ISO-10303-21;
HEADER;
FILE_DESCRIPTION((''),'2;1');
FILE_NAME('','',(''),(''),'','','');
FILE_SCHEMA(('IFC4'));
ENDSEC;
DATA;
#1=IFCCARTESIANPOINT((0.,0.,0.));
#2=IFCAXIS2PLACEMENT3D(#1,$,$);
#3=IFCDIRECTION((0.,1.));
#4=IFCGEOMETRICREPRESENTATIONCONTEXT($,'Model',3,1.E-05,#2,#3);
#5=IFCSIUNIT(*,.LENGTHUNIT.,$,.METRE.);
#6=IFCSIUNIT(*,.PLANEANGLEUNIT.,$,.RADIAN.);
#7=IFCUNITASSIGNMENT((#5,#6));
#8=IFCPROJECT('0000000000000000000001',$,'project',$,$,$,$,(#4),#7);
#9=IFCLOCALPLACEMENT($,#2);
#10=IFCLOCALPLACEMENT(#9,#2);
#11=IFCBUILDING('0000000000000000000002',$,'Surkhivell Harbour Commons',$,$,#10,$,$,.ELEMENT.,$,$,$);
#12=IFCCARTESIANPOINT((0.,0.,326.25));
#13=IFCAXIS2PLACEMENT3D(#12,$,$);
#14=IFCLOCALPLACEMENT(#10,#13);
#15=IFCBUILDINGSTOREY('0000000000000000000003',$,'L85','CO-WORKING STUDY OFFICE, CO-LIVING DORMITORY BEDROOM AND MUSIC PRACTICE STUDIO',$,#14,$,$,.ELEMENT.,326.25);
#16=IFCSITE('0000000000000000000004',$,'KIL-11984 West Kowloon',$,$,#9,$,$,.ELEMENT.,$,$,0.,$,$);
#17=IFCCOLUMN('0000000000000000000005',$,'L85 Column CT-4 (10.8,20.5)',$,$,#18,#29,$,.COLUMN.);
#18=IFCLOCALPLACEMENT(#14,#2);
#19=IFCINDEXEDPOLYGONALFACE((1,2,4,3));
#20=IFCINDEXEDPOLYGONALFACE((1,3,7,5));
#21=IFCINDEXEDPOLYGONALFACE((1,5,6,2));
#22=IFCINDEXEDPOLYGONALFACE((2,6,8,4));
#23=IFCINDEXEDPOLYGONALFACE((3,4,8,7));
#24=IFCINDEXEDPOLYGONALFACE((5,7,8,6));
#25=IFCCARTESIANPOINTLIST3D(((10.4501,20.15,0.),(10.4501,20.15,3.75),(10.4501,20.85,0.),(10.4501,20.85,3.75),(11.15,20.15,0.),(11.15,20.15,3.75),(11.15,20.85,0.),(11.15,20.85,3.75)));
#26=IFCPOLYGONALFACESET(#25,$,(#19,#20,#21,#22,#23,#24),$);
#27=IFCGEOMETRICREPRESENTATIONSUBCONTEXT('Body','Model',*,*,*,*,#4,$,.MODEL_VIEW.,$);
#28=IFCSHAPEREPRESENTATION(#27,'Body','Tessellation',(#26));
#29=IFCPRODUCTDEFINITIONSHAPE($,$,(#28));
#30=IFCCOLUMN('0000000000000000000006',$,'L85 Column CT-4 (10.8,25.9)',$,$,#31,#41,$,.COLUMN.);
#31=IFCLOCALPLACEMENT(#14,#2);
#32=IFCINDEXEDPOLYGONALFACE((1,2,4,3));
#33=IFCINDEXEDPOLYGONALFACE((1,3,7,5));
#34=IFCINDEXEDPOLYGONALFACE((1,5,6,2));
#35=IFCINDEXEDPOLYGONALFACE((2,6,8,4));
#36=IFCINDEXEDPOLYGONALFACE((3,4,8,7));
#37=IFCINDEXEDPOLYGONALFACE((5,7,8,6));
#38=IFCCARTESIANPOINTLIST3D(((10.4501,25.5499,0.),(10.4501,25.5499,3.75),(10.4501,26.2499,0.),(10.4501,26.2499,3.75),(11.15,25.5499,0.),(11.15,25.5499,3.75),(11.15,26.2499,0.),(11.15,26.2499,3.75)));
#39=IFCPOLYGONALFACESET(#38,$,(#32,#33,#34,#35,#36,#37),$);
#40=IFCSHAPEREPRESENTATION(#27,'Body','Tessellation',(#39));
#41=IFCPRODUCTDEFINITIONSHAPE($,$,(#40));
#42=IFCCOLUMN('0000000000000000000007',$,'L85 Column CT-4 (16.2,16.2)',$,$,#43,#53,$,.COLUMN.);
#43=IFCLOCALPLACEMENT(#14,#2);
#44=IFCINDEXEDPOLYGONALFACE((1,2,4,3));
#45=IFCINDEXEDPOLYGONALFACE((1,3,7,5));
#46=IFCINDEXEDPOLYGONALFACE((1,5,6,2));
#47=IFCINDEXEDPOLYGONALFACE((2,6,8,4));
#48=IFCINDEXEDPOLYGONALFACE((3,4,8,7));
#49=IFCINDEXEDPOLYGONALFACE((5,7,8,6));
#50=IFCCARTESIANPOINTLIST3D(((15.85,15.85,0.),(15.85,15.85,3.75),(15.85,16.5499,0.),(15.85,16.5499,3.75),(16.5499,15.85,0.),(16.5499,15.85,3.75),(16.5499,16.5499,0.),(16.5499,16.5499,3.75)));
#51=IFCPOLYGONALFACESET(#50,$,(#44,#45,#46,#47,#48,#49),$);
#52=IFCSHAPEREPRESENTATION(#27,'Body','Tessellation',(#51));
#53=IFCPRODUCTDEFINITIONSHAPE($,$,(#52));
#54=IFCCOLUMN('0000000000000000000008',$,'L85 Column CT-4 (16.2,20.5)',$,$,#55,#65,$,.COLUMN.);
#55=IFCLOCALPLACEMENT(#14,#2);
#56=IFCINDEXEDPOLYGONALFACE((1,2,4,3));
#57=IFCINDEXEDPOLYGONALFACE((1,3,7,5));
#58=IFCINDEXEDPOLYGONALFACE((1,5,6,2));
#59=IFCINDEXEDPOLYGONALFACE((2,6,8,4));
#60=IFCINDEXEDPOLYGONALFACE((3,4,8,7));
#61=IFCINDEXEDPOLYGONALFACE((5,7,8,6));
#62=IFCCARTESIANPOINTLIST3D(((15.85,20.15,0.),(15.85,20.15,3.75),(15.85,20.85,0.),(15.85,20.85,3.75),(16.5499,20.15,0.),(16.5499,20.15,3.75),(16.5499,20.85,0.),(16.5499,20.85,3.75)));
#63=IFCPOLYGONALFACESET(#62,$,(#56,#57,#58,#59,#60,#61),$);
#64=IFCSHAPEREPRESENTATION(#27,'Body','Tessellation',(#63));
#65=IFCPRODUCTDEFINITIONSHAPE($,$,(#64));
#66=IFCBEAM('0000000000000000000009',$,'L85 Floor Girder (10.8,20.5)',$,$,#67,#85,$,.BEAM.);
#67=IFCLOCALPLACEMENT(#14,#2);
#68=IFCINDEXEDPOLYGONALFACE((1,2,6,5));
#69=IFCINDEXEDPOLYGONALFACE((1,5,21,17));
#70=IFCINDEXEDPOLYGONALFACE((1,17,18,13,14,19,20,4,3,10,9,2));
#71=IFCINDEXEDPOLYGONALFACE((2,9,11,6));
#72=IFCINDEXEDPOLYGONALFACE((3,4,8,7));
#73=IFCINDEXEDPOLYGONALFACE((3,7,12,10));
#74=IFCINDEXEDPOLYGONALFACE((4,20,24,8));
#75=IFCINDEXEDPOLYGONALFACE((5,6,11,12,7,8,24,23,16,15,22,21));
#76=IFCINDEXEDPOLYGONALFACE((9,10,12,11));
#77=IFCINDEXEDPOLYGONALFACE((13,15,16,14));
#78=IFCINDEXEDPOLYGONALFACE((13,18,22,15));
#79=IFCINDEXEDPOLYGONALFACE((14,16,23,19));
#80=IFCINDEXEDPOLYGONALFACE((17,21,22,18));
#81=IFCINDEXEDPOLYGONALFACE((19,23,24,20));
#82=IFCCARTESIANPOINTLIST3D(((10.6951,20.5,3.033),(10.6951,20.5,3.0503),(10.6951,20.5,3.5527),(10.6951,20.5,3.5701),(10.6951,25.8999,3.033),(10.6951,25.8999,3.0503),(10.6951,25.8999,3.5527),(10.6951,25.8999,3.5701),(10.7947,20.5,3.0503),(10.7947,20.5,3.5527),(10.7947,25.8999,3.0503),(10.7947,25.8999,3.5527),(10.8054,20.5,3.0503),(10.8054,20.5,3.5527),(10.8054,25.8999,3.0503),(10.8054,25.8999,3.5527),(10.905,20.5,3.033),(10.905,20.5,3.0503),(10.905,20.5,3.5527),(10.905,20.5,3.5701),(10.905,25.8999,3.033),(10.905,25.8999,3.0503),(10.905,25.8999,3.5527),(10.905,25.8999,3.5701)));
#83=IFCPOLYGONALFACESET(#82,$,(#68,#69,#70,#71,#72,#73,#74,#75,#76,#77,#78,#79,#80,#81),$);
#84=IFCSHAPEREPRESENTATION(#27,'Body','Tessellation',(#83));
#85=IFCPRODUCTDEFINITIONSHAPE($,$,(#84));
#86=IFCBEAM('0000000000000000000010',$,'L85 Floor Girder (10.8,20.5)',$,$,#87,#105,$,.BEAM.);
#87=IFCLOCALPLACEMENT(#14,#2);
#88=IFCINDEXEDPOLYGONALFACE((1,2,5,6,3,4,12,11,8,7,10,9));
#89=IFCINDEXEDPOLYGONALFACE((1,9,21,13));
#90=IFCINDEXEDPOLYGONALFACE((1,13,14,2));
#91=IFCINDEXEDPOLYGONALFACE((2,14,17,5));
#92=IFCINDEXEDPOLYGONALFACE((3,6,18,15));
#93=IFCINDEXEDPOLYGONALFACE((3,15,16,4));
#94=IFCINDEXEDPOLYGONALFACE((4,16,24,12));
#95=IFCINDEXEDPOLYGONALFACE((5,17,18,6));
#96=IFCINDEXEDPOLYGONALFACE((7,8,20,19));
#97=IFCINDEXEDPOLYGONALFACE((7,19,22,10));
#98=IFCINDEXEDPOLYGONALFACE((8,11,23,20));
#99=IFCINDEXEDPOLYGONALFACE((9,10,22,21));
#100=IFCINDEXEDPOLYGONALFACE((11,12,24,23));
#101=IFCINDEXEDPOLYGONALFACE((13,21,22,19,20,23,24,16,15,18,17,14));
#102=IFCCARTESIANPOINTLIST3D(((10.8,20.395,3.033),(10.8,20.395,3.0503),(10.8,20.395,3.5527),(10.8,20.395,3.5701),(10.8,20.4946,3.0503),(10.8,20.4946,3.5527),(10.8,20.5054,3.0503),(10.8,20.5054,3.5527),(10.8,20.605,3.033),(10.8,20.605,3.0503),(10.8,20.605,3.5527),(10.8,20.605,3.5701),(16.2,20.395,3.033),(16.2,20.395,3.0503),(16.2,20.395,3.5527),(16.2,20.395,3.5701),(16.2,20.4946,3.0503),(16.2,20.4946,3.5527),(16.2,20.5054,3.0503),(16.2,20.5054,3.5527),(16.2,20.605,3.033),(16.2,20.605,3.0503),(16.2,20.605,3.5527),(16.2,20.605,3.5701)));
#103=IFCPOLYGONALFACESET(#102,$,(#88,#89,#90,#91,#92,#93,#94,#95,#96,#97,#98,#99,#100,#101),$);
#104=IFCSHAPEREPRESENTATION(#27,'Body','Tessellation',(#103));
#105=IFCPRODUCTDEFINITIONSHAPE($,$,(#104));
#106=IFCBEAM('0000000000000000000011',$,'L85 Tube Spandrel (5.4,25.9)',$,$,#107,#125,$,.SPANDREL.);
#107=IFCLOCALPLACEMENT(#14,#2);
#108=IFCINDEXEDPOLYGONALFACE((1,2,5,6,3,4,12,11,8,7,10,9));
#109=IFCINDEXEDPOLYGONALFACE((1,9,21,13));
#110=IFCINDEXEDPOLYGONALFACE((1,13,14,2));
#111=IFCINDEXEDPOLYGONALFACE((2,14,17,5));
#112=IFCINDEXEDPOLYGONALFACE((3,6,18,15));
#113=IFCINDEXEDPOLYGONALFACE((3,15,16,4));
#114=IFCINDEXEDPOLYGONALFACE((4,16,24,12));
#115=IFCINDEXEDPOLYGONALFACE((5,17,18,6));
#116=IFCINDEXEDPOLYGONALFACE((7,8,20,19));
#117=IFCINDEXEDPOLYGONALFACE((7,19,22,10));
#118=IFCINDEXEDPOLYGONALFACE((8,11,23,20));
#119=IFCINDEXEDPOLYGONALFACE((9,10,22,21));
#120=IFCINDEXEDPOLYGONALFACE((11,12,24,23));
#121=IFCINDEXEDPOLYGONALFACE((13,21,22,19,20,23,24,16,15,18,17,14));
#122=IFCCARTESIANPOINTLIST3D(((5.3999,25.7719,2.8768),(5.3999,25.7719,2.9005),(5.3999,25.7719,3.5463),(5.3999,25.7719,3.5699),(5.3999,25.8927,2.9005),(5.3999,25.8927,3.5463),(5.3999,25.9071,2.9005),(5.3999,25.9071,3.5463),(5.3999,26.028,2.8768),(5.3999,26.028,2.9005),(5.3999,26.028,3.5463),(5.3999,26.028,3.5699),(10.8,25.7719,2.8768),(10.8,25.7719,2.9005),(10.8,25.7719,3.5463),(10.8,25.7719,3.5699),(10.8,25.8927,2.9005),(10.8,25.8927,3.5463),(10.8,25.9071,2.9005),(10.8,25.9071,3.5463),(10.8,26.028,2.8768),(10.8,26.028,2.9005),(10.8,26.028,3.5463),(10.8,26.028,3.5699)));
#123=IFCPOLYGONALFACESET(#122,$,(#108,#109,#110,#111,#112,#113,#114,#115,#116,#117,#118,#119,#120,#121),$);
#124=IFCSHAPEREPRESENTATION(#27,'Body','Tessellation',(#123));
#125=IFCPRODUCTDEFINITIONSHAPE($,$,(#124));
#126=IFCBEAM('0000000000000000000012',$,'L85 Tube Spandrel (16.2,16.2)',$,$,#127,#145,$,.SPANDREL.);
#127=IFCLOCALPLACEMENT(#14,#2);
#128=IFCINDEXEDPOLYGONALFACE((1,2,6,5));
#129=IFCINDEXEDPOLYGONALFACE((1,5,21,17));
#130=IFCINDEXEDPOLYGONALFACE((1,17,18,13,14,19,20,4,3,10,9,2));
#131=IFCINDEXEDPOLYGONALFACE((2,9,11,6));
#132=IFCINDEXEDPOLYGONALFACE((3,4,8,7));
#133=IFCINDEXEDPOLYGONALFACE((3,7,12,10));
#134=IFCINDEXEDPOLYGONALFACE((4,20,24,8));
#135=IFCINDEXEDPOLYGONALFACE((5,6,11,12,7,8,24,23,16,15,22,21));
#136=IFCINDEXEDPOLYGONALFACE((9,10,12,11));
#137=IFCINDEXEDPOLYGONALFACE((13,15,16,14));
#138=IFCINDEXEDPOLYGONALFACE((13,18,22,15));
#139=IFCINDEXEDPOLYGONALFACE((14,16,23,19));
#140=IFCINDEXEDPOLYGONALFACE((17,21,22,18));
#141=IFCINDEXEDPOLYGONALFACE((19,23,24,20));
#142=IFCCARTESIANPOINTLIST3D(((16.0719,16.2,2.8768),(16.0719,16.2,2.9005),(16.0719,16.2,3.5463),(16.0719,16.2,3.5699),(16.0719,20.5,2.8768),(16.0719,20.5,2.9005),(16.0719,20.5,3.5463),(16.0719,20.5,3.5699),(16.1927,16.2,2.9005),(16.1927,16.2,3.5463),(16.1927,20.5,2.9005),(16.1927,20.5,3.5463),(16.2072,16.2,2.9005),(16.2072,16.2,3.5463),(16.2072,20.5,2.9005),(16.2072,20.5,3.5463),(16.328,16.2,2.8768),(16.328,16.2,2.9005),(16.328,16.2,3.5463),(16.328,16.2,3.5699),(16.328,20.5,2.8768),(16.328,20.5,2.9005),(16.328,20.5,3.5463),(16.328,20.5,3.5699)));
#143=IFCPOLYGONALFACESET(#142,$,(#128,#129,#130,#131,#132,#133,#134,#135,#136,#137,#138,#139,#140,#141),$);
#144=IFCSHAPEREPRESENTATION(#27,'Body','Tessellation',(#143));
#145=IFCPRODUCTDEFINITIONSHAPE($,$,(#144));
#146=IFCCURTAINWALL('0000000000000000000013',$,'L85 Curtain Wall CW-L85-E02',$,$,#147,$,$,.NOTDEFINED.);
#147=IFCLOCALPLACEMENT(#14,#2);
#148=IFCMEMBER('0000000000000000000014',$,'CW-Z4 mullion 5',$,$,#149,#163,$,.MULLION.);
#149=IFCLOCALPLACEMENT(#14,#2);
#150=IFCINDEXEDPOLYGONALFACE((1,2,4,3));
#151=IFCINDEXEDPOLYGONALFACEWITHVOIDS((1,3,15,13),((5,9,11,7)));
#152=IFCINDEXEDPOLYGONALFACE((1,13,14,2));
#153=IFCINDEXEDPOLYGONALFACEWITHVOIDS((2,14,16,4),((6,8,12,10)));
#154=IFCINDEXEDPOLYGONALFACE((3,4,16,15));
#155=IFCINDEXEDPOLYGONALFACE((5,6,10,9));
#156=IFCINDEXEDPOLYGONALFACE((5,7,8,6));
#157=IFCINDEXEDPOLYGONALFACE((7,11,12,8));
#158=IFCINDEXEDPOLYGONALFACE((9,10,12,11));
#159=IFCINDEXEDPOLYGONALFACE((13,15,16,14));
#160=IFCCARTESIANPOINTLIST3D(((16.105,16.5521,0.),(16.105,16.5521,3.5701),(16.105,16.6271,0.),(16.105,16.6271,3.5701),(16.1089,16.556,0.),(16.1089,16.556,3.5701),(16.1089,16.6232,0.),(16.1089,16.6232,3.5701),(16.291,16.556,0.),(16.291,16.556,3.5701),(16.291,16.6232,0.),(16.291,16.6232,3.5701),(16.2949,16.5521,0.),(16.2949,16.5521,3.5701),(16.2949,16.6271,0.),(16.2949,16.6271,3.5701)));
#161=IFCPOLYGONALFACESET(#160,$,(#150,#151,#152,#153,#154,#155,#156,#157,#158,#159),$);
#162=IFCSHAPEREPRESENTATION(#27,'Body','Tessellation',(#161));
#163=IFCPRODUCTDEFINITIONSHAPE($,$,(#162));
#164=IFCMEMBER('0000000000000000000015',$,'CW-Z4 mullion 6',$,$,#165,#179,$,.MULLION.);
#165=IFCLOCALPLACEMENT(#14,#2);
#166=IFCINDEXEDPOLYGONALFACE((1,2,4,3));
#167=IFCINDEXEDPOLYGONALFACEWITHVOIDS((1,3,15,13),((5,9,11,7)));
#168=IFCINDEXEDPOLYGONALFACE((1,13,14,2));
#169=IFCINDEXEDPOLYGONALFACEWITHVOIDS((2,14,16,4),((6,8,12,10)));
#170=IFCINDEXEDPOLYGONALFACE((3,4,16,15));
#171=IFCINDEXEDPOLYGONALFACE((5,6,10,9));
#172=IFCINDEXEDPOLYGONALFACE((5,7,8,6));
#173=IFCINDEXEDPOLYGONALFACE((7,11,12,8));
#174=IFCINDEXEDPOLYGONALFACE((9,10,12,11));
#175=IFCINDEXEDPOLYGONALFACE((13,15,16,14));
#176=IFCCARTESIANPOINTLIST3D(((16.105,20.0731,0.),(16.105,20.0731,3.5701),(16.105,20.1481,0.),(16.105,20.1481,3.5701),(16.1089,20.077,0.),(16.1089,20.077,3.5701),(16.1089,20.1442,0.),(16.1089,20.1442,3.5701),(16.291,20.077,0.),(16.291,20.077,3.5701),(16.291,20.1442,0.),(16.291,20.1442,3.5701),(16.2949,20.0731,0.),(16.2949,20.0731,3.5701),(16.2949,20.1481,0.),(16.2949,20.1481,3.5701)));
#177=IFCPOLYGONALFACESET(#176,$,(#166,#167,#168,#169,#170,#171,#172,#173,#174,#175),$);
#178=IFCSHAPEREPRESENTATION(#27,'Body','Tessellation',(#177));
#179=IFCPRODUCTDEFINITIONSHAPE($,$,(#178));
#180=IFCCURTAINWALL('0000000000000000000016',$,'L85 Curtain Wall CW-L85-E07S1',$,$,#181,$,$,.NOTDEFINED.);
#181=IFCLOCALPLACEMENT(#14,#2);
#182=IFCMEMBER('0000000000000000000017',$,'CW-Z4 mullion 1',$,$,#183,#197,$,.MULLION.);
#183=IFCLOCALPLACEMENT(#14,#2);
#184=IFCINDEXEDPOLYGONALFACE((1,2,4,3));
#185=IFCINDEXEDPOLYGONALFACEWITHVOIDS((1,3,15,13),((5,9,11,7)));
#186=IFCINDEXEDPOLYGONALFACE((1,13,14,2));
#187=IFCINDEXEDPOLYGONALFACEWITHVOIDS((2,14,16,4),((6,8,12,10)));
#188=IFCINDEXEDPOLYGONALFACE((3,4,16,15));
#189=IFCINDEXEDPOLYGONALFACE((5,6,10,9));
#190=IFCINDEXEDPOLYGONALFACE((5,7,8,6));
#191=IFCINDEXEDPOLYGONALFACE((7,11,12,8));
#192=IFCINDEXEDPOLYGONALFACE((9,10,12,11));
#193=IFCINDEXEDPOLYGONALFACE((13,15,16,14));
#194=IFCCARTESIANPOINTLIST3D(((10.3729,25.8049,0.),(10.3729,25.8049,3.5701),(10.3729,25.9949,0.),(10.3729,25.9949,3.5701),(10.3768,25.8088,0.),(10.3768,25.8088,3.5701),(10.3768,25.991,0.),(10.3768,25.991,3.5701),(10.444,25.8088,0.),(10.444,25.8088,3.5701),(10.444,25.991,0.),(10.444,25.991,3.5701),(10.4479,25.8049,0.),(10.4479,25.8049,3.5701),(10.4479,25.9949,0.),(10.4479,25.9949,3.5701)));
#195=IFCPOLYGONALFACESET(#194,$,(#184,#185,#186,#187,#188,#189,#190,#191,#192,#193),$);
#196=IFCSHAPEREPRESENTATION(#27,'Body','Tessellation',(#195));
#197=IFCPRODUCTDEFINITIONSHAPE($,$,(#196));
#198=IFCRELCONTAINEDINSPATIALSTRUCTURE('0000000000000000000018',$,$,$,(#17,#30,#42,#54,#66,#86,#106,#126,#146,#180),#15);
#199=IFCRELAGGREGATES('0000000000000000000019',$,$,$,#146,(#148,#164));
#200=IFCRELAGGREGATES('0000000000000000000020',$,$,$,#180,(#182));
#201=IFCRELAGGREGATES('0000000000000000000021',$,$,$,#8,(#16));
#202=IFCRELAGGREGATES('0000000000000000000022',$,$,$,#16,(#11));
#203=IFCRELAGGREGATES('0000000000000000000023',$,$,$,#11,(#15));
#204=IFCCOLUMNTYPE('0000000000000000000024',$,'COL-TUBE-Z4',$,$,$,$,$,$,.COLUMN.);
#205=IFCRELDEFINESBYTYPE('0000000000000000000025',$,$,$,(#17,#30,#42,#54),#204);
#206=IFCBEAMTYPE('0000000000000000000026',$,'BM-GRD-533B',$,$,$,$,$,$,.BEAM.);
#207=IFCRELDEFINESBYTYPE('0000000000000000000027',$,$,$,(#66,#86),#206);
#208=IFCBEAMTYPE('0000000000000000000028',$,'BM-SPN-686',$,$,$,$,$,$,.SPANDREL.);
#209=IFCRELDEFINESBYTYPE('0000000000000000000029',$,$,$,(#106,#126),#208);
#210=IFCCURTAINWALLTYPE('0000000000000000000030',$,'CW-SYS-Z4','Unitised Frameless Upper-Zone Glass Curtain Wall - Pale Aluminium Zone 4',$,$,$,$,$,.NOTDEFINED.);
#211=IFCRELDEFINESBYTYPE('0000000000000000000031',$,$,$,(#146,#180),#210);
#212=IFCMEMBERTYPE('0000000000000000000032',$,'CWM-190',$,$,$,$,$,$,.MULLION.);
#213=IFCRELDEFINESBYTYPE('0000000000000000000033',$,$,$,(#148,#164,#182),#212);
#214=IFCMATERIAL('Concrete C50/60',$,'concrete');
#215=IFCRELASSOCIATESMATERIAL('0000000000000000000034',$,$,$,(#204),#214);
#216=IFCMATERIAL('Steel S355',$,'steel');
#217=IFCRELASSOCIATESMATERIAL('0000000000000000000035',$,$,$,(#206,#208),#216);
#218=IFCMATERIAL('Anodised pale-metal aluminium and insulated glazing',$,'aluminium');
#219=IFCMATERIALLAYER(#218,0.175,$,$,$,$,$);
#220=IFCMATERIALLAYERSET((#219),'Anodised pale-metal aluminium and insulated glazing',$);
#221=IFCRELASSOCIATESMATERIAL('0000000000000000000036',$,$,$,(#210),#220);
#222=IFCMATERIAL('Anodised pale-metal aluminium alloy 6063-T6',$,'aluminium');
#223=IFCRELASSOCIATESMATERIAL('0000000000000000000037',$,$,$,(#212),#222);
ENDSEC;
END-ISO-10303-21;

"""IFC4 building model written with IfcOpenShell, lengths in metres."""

from ifc_helpers import new_model, si_unit, direction, frame, origin, origin_2d, place, context, subcontext, project, spatial, rectangle, hollow_rectangle, i_section, extrude, material, layer, layer_set, material_profile, profile_set, type_object, element, aggregate, save


model = new_model("IFC4")

# Units and contexts
model_context = context("Model", 3, precision=1e-05, world=origin(), true_north=direction((0.0, 1.0)))
body_context = subcontext(model_context, "Body", "Model", "MODEL_VIEW")
ifc_project = project(units=[si_unit("LENGTHUNIT", "METRE"), si_unit("PLANEANGLEUNIT", "RADIAN")], contexts=[model_context])

# Site, building, storey
site_placement = place(None, origin())
site = spatial("IfcSite", under=ifc_project, at=site_placement, Name="KIL-11984 West Kowloon", CompositionType="ELEMENT", RefElevation=0.0)
building_placement = place(site_placement, origin())
building = spatial("IfcBuilding", under=site, at=building_placement, Name="Surkhivell Harbour Commons", CompositionType="ELEMENT")
storey_placement = place(building_placement, frame((0.0, 0.0, 326.25)))
storey = spatial("IfcBuildingStorey", under=building, at=storey_placement, Name="L85", Description="CO-WORKING STUDY OFFICE, CO-LIVING DORMITORY BEDROOM AND MUSIC PRACTICE STUDIO", CompositionType="ELEMENT", Elevation=326.25)

# Columns
ifc_material_1 = material(Name="Concrete C50/60", Category="concrete")
ifc_material_profile_1 = material_profile(ifc_material_1, rectangle(XDim=0.7, YDim=0.7, at=origin_2d()), Name="RC-COL-700x700")
ifc_profile_set_1 = profile_set([ifc_material_profile_1], Name="Concrete C50/60")
column_type = type_object("IfcColumnType", Name="COL-TUBE-Z4", PredefinedType="COLUMN", material=ifc_profile_set_1)
for number, where, z_axis, x_axis, name in (
    (1, (10.8, 20.5, 0.0), (0.0, 0.0, 1.0), (1.0, 0.0, 0.0), "L85 Column CT-4 (10.8,20.5)"),
    (2, (10.8, 25.8999, 0.0), (0.0, 0.0, 1.0), (1.0, 0.0, 0.0), "L85 Column CT-4 (10.8,25.9)"),
    (3, (16.2, 16.2, 0.0), (0.0, 0.0, 1.0), (1.0, 0.0, 0.0), "L85 Column CT-4 (16.2,16.2)"),
    (4, (16.2, 20.5, 0.0), (0.0, 0.0, 1.0), (1.0, 0.0, 0.0), "L85 Column CT-4 (16.2,20.5)"),
):
    element("IfcColumn", number, at=place(storey_placement, frame(where, z_axis=z_axis, x_axis=x_axis)), inside=storey, type_object=column_type, Name=name, PredefinedType="COLUMN", context=body_context, shape_type="SweptSolid", body=[
        extrude(rectangle(XDim=0.7, YDim=0.7, at=origin_2d()), origin(), (0.0, 0.0, 1.0), 3.75),
    ])

# Beams
ifc_material_2 = material(Name="Steel S355", Category="steel")
ifc_material_profile_2 = material_profile(ifc_material_2, i_section(OverallWidth=0.21, OverallDepth=0.5371, WebThickness=0.0107, FlangeThickness=0.0173, at=origin_2d()), Name="UB533x210x101")
ifc_profile_set_2 = profile_set([ifc_material_profile_2], Name="Steel S355")
beam_type_1 = type_object("IfcBeamType", Name="BM-GRD-533B", PredefinedType="BEAM", material=ifc_profile_set_2)
for number, where, z_axis, x_axis, name in (
    (5, (10.8, 20.5, 3.3015), (0.0, 1.0, 0.0), (-1.0, 0.0, 0.0), "L85 Floor Girder (10.8,20.5)"),
    (6, (10.8, 20.5, 3.3015), (1.0, 0.0, 0.0), (0.0, 1.0, 0.0), "L85 Floor Girder (10.8,20.5)"),
):
    element("IfcBeam", number, at=place(storey_placement, frame(where, z_axis=z_axis, x_axis=x_axis)), inside=storey, type_object=beam_type_1, Name=name, PredefinedType="BEAM", context=body_context, shape_type="SweptSolid", body=[
        extrude(i_section(OverallWidth=0.21, OverallDepth=0.5371, WebThickness=0.0107, FlangeThickness=0.0173, at=origin_2d()), origin(), (0.0, 0.0, 1.0), 5.3999),
    ])
ifc_material_profile_3 = material_profile(ifc_material_2, i_section(OverallWidth=0.2561, OverallDepth=0.6931, WebThickness=0.0144, FlangeThickness=0.0237, at=origin_2d()), Name="UB686x254x170")
ifc_profile_set_3 = profile_set([ifc_material_profile_3], Name="Steel S355")
beam_type_2 = type_object("IfcBeamType", Name="BM-SPN-686", PredefinedType="SPANDREL", material=ifc_profile_set_3)
beam_1_placement = place(storey_placement, frame((5.3999, 25.8999, 3.2234), z_axis=(1.0, 0.0, 0.0), x_axis=(0.0, 1.0, 0.0)))
element("IfcBeam", 7, at=beam_1_placement, inside=storey, type_object=beam_type_2, Name="L85 Tube Spandrel (5.4,25.9)", PredefinedType="SPANDREL", context=body_context, shape_type="SweptSolid", body=[
    extrude(i_section(OverallWidth=0.2561, OverallDepth=0.6931, WebThickness=0.0144, FlangeThickness=0.0237, at=origin_2d()), origin(), (0.0, 0.0, 1.0), 5.4001),
])
beam_2_placement = place(storey_placement, frame((16.2, 16.2, 3.2234), z_axis=(0.0, 1.0, 0.0), x_axis=(-1.0, 0.0, 0.0)))
element("IfcBeam", 8, at=beam_2_placement, inside=storey, type_object=beam_type_2, Name="L85 Tube Spandrel (16.2,16.2)", PredefinedType="SPANDREL", context=body_context, shape_type="SweptSolid", body=[
    extrude(i_section(OverallWidth=0.2561, OverallDepth=0.6931, WebThickness=0.0144, FlangeThickness=0.0237, at=origin_2d()), origin(), (0.0, 0.0, 1.0), 4.3),
])

# Curtain walls, members
ifc_material_3 = material(Name="Anodised pale-metal aluminium and insulated glazing", Category="aluminium")
ifc_layer_1 = layer(ifc_material_3, 0.175)
ifc_layer_set_1 = layer_set([ifc_layer_1], Name="Anodised pale-metal aluminium and insulated glazing")
curtain_wall_type = type_object("IfcCurtainWallType", Name="CW-SYS-Z4", Description="Unitised Frameless Upper-Zone Glass Curtain Wall - Pale Aluminium Zone 4", PredefinedType="NOTDEFINED", material=ifc_layer_set_1)
curtain_wall_1_placement = place(storey_placement, origin())
curtain_wall_1 = element("IfcCurtainWall", 9, at=curtain_wall_1_placement, inside=storey, type_object=curtain_wall_type, Name="L85 Curtain Wall CW-L85-E02", PredefinedType="NOTDEFINED")
ifc_material_4 = material(Name="Anodised pale-metal aluminium alloy 6063-T6", Category="aluminium")
ifc_material_profile_4 = material_profile(ifc_material_4, hollow_rectangle(XDim=0.075, YDim=0.1899, WallThickness=0.0039, at=origin_2d()), Name="ALU-MULL-75x190")
ifc_profile_set_4 = profile_set([ifc_material_profile_4], Name="Anodised pale-metal aluminium alloy 6063-T6")
member_type_1 = type_object("IfcMemberType", Name="CWM-190", PredefinedType="MULLION", material=ifc_profile_set_4)
member_1_placement = place(storey_placement, frame((16.2, 16.5896, 0.0), z_axis=(0.0, 0.0, 1.0), x_axis=(0.0, 1.0, 0.0)))
member_1 = element("IfcMember", 10, at=member_1_placement, type_object=member_type_1, Name="CW-Z4 mullion 5", PredefinedType="MULLION", context=body_context, shape_type="SweptSolid", body=[
    extrude(hollow_rectangle(XDim=0.075, YDim=0.1899, WallThickness=0.0039, at=origin_2d()), origin(), (0.0, 0.0, 1.0), 3.5701),
])
member_2_placement = place(storey_placement, frame((16.2, 20.1106, 0.0), z_axis=(0.0, 0.0, 1.0), x_axis=(0.0, 1.0, 0.0)))
member_2 = element("IfcMember", 11, at=member_2_placement, type_object=member_type_1, Name="CW-Z4 mullion 6", PredefinedType="MULLION", context=body_context, shape_type="SweptSolid", body=[
    extrude(hollow_rectangle(XDim=0.075, YDim=0.1899, WallThickness=0.0039, at=origin_2d()), origin(), (0.0, 0.0, 1.0), 3.5701),
])
curtain_wall_2_placement = place(storey_placement, origin())
curtain_wall_2 = element("IfcCurtainWall", 12, at=curtain_wall_2_placement, inside=storey, type_object=curtain_wall_type, Name="L85 Curtain Wall CW-L85-E07S1", PredefinedType="NOTDEFINED")
member_3_placement = place(storey_placement, frame((10.4104, 25.8999, 0.0), z_axis=(0.0, 0.0, 1.0), x_axis=(-1.0, 0.0, 0.0)))
member_3 = element("IfcMember", 13, at=member_3_placement, type_object=member_type_1, Name="CW-Z4 mullion 1", PredefinedType="MULLION", context=body_context, shape_type="SweptSolid", body=[
    extrude(hollow_rectangle(XDim=0.075, YDim=0.1899, WallThickness=0.0039, at=origin_2d()), origin(), (0.0, 0.0, 1.0), 3.5701),
])

aggregate(curtain_wall_1, [member_1, member_2])
aggregate(curtain_wall_2, [member_3])

save(model, "model.ifc")
